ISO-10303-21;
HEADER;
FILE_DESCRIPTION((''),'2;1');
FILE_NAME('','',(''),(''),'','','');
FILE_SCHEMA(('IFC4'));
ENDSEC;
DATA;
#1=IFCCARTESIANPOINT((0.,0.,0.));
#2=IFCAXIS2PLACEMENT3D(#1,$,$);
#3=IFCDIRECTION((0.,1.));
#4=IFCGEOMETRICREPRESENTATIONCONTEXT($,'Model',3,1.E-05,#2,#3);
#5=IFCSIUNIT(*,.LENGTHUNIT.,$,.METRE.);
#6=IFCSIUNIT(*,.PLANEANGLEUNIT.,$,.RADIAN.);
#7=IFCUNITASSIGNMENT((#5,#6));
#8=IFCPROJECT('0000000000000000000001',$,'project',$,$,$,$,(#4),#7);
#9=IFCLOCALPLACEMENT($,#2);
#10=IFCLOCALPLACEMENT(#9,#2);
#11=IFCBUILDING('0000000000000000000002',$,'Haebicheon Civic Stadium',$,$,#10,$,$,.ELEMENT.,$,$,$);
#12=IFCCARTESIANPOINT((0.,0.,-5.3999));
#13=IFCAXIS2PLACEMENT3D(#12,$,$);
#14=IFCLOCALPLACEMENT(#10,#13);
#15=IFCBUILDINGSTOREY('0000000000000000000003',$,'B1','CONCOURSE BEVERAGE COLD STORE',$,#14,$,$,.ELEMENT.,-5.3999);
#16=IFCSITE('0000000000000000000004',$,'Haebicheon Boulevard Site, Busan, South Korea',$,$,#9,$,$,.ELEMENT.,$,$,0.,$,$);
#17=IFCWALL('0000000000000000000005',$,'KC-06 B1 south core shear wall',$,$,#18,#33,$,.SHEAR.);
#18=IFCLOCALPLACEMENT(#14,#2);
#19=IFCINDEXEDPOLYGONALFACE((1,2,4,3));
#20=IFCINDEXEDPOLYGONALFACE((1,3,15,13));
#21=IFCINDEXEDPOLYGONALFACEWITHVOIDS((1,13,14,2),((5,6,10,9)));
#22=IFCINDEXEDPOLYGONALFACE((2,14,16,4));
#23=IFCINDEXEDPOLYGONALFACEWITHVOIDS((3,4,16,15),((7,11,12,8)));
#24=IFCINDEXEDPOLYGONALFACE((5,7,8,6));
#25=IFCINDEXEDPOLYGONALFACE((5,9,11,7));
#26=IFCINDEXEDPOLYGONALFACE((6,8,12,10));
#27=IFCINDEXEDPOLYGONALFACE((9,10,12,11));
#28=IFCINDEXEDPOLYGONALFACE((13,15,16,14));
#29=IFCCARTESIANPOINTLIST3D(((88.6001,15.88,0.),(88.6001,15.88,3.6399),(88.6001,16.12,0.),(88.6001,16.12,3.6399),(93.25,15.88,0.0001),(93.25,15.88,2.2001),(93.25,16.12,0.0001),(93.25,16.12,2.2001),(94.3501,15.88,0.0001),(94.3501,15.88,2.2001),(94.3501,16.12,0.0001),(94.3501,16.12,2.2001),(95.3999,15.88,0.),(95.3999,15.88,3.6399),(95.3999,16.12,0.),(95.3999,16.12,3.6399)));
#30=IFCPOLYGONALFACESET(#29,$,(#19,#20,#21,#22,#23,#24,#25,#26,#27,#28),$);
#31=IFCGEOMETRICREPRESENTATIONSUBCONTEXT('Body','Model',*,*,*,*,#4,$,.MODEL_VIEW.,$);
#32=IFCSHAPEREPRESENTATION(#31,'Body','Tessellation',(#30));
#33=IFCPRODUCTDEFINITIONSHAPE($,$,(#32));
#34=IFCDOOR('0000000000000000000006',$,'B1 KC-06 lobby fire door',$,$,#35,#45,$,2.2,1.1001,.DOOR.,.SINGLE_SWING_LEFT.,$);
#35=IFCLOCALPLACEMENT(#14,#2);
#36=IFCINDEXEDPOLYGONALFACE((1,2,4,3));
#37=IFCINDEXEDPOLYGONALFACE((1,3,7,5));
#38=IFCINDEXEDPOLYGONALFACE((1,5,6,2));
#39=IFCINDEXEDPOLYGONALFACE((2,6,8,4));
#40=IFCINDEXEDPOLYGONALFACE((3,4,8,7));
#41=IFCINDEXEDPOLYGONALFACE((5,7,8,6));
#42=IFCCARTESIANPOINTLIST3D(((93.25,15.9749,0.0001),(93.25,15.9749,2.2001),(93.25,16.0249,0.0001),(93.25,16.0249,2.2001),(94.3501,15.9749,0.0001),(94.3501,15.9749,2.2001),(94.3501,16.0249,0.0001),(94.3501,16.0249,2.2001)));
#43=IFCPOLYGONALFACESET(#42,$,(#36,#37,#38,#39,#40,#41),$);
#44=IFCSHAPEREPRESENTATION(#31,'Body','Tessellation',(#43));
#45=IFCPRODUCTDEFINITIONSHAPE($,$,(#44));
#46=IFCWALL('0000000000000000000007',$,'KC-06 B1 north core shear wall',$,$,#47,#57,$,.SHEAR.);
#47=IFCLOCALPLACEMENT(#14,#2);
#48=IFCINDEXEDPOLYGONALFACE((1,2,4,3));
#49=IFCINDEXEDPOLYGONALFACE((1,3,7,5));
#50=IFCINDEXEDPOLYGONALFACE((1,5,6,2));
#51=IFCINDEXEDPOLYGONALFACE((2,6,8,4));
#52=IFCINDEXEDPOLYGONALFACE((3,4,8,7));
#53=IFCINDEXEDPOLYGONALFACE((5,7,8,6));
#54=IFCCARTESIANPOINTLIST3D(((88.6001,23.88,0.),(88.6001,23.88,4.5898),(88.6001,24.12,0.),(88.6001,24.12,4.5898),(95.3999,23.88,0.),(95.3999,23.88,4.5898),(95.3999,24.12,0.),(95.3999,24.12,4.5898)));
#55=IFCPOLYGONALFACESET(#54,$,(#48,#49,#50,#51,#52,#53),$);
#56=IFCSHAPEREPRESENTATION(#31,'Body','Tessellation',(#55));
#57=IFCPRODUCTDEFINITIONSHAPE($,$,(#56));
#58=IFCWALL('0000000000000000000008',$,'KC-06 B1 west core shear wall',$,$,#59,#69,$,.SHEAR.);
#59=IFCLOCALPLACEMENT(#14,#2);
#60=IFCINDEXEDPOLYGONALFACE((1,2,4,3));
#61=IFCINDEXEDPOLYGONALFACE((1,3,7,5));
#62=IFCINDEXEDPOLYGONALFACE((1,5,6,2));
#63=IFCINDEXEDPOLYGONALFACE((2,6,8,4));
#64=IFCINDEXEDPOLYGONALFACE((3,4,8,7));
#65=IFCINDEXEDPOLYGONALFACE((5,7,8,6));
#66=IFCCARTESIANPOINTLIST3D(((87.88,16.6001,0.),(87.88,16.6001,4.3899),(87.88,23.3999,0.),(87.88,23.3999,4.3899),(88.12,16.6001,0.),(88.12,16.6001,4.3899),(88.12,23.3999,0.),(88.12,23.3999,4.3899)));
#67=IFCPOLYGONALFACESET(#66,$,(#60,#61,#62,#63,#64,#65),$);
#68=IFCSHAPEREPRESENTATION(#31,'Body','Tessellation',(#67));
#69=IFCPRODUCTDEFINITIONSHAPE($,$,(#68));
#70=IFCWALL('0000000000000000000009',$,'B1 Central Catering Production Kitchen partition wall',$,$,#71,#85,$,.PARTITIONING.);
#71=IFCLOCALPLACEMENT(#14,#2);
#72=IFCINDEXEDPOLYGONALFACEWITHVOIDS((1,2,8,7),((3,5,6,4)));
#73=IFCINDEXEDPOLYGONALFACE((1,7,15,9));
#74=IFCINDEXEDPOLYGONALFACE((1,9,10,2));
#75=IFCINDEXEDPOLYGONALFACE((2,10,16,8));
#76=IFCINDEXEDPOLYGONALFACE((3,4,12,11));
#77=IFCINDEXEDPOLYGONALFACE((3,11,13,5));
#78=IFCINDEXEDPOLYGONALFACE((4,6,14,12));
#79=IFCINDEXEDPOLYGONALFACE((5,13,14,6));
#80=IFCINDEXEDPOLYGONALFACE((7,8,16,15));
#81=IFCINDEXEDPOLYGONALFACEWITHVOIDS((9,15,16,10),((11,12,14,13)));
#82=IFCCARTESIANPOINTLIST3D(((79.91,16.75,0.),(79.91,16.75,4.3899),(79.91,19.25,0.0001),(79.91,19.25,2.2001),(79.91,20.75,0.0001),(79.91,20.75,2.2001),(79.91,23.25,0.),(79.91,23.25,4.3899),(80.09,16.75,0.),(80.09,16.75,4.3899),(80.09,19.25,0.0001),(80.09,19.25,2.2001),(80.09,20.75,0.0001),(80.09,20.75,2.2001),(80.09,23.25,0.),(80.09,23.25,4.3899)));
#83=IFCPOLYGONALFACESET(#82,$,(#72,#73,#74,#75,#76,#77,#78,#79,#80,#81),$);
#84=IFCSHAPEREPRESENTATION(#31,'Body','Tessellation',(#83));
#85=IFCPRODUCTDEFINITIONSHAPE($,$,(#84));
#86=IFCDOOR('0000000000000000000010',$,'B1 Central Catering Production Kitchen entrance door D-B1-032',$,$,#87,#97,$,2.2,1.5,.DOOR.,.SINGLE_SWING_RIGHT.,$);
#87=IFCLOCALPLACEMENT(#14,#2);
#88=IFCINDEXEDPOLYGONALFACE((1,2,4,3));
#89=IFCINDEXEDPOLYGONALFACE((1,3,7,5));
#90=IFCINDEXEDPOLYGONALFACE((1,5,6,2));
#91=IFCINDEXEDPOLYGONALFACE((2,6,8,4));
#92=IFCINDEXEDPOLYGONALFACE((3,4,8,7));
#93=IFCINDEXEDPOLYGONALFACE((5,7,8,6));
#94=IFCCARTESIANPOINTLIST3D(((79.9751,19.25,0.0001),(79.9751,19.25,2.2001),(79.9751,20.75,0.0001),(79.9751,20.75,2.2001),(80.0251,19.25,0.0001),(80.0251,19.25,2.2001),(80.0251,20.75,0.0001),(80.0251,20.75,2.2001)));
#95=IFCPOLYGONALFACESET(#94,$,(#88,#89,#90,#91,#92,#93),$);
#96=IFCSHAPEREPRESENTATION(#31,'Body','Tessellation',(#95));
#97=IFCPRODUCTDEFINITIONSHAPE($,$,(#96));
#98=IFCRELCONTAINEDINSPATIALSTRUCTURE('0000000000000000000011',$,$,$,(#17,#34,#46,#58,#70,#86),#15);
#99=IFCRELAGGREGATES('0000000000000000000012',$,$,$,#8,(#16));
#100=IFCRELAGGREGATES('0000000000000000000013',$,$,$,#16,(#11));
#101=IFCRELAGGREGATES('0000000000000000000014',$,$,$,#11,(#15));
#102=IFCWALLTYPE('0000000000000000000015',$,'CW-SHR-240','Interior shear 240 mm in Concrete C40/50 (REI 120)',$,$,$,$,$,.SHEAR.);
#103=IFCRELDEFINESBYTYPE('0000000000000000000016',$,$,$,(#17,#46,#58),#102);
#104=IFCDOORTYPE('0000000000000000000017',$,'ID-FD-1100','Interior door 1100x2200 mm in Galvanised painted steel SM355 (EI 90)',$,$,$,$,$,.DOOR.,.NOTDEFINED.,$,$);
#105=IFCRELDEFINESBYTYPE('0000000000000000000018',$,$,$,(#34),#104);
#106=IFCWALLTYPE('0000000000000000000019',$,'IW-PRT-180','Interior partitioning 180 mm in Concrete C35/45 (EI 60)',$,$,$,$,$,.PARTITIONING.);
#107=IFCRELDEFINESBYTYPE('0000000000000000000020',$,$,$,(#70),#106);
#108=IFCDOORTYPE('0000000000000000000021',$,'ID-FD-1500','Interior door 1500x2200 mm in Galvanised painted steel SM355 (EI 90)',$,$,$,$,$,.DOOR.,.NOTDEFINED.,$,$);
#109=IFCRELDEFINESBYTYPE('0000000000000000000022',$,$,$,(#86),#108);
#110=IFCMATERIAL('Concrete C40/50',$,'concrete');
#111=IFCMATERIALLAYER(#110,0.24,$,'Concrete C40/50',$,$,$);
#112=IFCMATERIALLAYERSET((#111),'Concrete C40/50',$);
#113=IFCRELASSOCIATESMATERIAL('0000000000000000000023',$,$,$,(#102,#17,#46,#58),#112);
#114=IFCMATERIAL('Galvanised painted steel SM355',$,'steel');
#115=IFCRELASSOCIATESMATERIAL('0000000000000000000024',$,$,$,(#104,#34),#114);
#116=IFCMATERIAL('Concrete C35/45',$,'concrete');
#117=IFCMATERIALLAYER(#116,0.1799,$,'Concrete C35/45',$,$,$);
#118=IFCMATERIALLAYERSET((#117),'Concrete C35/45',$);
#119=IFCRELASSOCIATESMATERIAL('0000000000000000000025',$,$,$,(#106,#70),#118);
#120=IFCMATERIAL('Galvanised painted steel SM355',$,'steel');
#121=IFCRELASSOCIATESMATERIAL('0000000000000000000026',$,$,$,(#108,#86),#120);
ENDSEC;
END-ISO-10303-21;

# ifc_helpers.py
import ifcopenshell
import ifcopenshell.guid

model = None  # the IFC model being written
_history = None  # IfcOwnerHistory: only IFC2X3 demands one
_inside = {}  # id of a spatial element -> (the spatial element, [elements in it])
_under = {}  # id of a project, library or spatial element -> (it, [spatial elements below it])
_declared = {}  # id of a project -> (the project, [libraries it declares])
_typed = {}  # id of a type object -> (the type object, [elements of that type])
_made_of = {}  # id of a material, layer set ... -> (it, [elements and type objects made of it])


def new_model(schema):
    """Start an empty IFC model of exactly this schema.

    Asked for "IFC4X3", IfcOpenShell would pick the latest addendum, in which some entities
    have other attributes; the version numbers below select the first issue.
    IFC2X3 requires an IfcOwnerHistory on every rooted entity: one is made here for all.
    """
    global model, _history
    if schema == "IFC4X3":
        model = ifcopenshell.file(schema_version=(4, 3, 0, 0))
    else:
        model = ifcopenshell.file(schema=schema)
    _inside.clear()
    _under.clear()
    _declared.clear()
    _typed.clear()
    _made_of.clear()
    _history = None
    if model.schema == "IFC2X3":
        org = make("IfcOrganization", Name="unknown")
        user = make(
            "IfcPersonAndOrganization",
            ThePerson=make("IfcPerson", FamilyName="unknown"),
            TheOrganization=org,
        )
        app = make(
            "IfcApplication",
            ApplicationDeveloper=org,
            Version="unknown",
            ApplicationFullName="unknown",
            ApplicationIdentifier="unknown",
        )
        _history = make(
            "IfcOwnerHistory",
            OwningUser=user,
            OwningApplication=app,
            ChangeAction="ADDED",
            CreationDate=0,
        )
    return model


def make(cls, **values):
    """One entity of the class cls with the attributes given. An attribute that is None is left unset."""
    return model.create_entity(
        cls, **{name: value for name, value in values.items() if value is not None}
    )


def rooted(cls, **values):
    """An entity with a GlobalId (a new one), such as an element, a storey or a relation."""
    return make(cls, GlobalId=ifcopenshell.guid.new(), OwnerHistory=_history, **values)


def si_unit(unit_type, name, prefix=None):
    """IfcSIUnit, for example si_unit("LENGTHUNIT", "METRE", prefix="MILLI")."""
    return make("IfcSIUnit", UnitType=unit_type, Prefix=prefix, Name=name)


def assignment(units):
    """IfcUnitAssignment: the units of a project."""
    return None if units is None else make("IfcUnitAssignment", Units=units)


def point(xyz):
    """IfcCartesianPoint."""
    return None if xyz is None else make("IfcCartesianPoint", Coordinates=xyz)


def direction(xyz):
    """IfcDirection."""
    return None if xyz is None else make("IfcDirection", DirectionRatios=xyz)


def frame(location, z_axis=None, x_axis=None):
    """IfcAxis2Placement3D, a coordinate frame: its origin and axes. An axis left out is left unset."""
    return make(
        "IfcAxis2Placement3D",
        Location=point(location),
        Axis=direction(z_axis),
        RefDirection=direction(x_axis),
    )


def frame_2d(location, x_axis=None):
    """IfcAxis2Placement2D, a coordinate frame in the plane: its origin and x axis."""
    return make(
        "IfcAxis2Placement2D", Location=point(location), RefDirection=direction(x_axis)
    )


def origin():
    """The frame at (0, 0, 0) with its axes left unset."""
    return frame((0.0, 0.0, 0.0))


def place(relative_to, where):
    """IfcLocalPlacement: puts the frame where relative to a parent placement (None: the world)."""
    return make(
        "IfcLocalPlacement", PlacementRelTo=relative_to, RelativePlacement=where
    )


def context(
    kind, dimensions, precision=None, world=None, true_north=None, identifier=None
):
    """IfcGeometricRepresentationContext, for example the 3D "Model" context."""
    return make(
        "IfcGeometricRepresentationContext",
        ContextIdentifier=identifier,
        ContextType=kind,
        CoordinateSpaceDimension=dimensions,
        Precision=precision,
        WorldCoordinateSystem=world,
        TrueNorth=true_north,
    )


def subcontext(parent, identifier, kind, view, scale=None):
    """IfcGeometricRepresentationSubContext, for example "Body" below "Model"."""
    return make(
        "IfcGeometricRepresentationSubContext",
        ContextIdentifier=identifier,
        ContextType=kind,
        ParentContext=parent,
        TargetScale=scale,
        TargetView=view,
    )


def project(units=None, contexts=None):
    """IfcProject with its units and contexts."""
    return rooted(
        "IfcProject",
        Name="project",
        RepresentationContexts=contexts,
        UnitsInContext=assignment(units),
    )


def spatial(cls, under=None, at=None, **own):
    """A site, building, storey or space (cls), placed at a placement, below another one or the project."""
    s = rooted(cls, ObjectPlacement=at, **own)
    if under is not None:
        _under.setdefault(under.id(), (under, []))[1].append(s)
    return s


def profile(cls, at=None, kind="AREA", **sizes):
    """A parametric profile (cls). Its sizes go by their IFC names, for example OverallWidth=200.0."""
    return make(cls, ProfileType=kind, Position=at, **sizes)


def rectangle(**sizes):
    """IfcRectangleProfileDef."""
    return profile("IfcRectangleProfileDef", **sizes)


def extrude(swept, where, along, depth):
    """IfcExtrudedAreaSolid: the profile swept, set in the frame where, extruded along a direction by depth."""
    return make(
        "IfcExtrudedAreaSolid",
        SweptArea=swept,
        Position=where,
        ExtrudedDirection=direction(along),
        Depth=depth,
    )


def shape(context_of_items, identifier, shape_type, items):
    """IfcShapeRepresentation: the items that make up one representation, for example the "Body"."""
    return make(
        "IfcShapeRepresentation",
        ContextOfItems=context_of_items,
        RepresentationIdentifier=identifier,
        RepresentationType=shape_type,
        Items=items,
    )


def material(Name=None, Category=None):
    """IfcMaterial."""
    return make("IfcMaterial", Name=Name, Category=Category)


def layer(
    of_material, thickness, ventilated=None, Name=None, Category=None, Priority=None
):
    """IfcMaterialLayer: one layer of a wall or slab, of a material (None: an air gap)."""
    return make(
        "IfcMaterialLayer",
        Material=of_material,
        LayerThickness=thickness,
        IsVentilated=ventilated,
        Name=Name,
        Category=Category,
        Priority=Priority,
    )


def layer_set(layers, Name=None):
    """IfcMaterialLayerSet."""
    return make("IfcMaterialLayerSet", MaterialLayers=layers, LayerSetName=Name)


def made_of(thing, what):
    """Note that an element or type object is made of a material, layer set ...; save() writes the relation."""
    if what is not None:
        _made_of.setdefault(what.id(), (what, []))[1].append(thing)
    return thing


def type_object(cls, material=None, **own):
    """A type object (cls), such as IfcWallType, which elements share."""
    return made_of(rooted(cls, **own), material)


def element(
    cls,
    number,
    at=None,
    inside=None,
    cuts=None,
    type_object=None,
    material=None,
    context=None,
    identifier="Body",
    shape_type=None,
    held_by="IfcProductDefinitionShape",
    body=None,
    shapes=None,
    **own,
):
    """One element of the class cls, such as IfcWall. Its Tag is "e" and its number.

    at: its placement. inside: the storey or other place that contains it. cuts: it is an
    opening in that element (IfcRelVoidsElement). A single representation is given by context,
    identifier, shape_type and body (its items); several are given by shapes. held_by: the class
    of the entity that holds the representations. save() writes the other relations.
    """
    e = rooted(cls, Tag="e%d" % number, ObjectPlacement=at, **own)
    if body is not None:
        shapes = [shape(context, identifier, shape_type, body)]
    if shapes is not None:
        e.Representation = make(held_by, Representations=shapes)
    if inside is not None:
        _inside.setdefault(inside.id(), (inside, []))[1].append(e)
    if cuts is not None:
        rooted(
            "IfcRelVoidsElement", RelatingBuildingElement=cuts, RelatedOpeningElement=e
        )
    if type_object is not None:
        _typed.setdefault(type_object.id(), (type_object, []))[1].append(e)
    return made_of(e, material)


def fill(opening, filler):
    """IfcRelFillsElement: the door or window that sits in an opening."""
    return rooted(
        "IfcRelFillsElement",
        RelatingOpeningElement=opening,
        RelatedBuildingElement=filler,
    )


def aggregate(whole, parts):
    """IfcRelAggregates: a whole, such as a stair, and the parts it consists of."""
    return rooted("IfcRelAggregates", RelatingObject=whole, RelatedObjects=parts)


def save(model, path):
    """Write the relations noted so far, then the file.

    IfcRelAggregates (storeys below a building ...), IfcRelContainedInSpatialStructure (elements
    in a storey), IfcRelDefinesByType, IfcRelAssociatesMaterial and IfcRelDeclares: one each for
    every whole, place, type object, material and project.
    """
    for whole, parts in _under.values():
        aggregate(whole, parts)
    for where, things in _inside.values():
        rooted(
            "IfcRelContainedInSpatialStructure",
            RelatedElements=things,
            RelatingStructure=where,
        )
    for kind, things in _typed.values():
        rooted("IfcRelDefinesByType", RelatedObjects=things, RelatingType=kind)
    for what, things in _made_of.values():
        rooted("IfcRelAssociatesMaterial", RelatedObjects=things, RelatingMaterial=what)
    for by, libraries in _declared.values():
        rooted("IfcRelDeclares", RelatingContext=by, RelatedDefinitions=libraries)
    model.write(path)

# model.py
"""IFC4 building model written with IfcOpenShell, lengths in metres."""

from ifc_helpers import new_model, si_unit, direction, frame, frame_2d, origin, place, context, subcontext, project, spatial, rectangle, extrude, material, layer, layer_set, type_object, element, fill, save


model = new_model("IFC4")

# Units and contexts
model_context = context("Model", 3, precision=1e-05, world=origin(), true_north=direction((0.0, 1.0)))
body_context = subcontext(model_context, "Body", "Model", "MODEL_VIEW")
ifc_project = project(units=[si_unit("LENGTHUNIT", "METRE"), si_unit("PLANEANGLEUNIT", "RADIAN")], contexts=[model_context])

# Site, building, storey
site_placement = place(None, origin())
site = spatial("IfcSite", under=ifc_project, at=site_placement, Name="Haebicheon Boulevard Site, Busan, South Korea", CompositionType="ELEMENT", RefElevation=0.0)
building_placement = place(site_placement, origin())
building = spatial("IfcBuilding", under=site, at=building_placement, Name="Haebicheon Civic Stadium", CompositionType="ELEMENT")
storey_placement = place(building_placement, frame((0.0, 0.0, -5.3999)))
storey = spatial("IfcBuildingStorey", under=building, at=storey_placement, Name="B1", Description="CONCOURSE BEVERAGE COLD STORE", CompositionType="ELEMENT", Elevation=-5.3999)

# Wall, opening, door
ifc_material_1 = material(Name="Concrete C40/50", Category="concrete")
ifc_layer_1 = layer(ifc_material_1, 0.24, Name="Concrete C40/50")
ifc_layer_set_1 = layer_set([ifc_layer_1], Name="Concrete C40/50")
wall_type_1 = type_object("IfcWallType", Name="CW-SHR-240", Description="Interior shear 240 mm in Concrete C40/50 (REI 120)", PredefinedType="SHEAR", material=ifc_layer_set_1)
wall_1_placement = place(storey_placement, frame((88.6001, 16.0, 0.0), z_axis=(0.0, 0.0, 1.0), x_axis=(1.0, 0.0, 0.0)))
wall_1 = element("IfcWall", 1, at=wall_1_placement, inside=storey, type_object=wall_type_1, material=ifc_layer_set_1, Name="KC-06 B1 south core shear wall", PredefinedType="SHEAR", context=body_context, shape_type="SweptSolid", body=[
    extrude(rectangle(XDim=6.7998, YDim=0.24, at=frame_2d((3.3999, 0.0))), origin(), (0.0, 0.0, 1.0), 3.6399),
])
opening_1_placement = place(wall_1_placement, frame((4.6499, 0.0, 0.0)))
opening_1 = element("IfcOpeningElement", 2, at=opening_1_placement, cuts=wall_1, PredefinedType="OPENING", context=body_context, shape_type="SweptSolid", body=[
    extrude(rectangle(XDim=1.1001, YDim=2.2, at=frame_2d((0.55, 1.1001))), frame((0.0, 0.1299, 0.0), z_axis=(0.0, -1.0, 0.0), x_axis=(1.0, 0.0, 0.0)), (0.0, 0.0, 1.0), 0.26),
])
ifc_material_2 = material(Name="Galvanised painted steel SM355", Category="steel")
door_type_1 = type_object("IfcDoorType", Name="ID-FD-1100", Description="Interior door 1100x2200 mm in Galvanised painted steel SM355 (EI 90)", OperationType="NOTDEFINED", PredefinedType="DOOR", material=ifc_material_2)
door_1_placement = place(opening_1_placement, origin())
door_1 = element("IfcDoor", 3, at=door_1_placement, inside=storey, type_object=door_type_1, material=ifc_material_2, Name="B1 KC-06 lobby fire door", OperationType="SINGLE_SWING_LEFT", OverallHeight=2.2, OverallWidth=1.1001, PredefinedType="DOOR", context=body_context, shape_type="SweptSolid", body=[
    extrude(rectangle(XDim=1.1001, YDim=2.2, at=frame_2d((0.55, 1.1001))), frame((0.0, 0.0249, 0.0), z_axis=(0.0, -1.0, 0.0), x_axis=(1.0, 0.0, 0.0)), (0.0, 0.0, 1.0), 0.05),
])
fill(opening_1, door_1)

# Walls
wall_2_placement = place(storey_placement, frame((88.6001, 24.0, 0.0), z_axis=(0.0, 0.0, 1.0), x_axis=(1.0, 0.0, 0.0)))
element("IfcWall", 4, at=wall_2_placement, inside=storey, type_object=wall_type_1, material=ifc_layer_set_1, Name="KC-06 B1 north core shear wall", PredefinedType="SHEAR", context=body_context, shape_type="SweptSolid", body=[
    extrude(rectangle(XDim=6.7998, YDim=0.24, at=frame_2d((3.3999, 0.0))), origin(), (0.0, 0.0, 1.0), 4.5898),
])
wall_3_placement = place(storey_placement, frame((88.0, 16.6001, 0.0), z_axis=(0.0, 0.0, 1.0), x_axis=(0.0, 1.0, 0.0)))
element("IfcWall", 5, at=wall_3_placement, inside=storey, type_object=wall_type_1, material=ifc_layer_set_1, Name="KC-06 B1 west core shear wall", PredefinedType="SHEAR", context=body_context, shape_type="SweptSolid", body=[
    extrude(rectangle(XDim=6.7998, YDim=0.24, at=frame_2d((3.3999, 0.0))), origin(), (0.0, 0.0, 1.0), 4.3899),
])

# Wall, opening, door
ifc_material_3 = material(Name="Concrete C35/45", Category="concrete")
ifc_layer_2 = layer(ifc_material_3, 0.1799, Name="Concrete C35/45")
ifc_layer_set_2 = layer_set([ifc_layer_2], Name="Concrete C35/45")
wall_type_2 = type_object("IfcWallType", Name="IW-PRT-180", Description="Interior partitioning 180 mm in Concrete C35/45 (EI 60)", PredefinedType="PARTITIONING", material=ifc_layer_set_2)
wall_4_placement = place(storey_placement, frame((80.0, 16.75, 0.0), z_axis=(0.0, 0.0, 1.0), x_axis=(0.0, 1.0, 0.0)))
wall_4 = element("IfcWall", 6, at=wall_4_placement, inside=storey, type_object=wall_type_2, material=ifc_layer_set_2, Name="B1 Central Catering Production Kitchen partition wall", PredefinedType="PARTITIONING", context=body_context, shape_type="SweptSolid", body=[
    extrude(rectangle(XDim=6.5, YDim=0.1799, at=frame_2d((3.25, 0.0))), origin(), (0.0, 0.0, 1.0), 4.3899),
])
opening_2_placement = place(wall_4_placement, frame((2.5, 0.0, 0.0)))
opening_2 = element("IfcOpeningElement", 7, at=opening_2_placement, cuts=wall_4, PredefinedType="OPENING", context=body_context, shape_type="SweptSolid", body=[
    extrude(rectangle(XDim=1.5, YDim=2.2, at=frame_2d((0.75, 1.1001))), frame((0.0, 0.0999, 0.0), z_axis=(0.0, -1.0, 0.0), x_axis=(1.0, 0.0, 0.0)), (0.0, 0.0, 1.0), 0.2),
])
ifc_material_4 = material(Name="Galvanised painted steel SM355", Category="steel")
door_type_2 = type_object("IfcDoorType", Name="ID-FD-1500", Description="Interior door 1500x2200 mm in Galvanised painted steel SM355 (EI 90)", OperationType="NOTDEFINED", PredefinedType="DOOR", material=ifc_material_4)
door_2_placement = place(opening_2_placement, origin())
door_2 = element("IfcDoor", 8, at=door_2_placement, inside=storey, type_object=door_type_2, material=ifc_material_4, Name="B1 Central Catering Production Kitchen entrance door D-B1-032", OperationType="SINGLE_SWING_RIGHT", OverallHeight=2.2, OverallWidth=1.5, PredefinedType="DOOR", context=body_context, shape_type="SweptSolid", body=[
    extrude(rectangle(XDim=1.5, YDim=2.2, at=frame_2d((0.75, 1.1001))), frame((0.0, 0.0249, 0.0), z_axis=(0.0, -1.0, 0.0), x_axis=(1.0, 0.0, 0.0)), (0.0, 0.0, 1.0), 0.05),
])
fill(opening_2, door_2)

save(model, "model.ifc")
